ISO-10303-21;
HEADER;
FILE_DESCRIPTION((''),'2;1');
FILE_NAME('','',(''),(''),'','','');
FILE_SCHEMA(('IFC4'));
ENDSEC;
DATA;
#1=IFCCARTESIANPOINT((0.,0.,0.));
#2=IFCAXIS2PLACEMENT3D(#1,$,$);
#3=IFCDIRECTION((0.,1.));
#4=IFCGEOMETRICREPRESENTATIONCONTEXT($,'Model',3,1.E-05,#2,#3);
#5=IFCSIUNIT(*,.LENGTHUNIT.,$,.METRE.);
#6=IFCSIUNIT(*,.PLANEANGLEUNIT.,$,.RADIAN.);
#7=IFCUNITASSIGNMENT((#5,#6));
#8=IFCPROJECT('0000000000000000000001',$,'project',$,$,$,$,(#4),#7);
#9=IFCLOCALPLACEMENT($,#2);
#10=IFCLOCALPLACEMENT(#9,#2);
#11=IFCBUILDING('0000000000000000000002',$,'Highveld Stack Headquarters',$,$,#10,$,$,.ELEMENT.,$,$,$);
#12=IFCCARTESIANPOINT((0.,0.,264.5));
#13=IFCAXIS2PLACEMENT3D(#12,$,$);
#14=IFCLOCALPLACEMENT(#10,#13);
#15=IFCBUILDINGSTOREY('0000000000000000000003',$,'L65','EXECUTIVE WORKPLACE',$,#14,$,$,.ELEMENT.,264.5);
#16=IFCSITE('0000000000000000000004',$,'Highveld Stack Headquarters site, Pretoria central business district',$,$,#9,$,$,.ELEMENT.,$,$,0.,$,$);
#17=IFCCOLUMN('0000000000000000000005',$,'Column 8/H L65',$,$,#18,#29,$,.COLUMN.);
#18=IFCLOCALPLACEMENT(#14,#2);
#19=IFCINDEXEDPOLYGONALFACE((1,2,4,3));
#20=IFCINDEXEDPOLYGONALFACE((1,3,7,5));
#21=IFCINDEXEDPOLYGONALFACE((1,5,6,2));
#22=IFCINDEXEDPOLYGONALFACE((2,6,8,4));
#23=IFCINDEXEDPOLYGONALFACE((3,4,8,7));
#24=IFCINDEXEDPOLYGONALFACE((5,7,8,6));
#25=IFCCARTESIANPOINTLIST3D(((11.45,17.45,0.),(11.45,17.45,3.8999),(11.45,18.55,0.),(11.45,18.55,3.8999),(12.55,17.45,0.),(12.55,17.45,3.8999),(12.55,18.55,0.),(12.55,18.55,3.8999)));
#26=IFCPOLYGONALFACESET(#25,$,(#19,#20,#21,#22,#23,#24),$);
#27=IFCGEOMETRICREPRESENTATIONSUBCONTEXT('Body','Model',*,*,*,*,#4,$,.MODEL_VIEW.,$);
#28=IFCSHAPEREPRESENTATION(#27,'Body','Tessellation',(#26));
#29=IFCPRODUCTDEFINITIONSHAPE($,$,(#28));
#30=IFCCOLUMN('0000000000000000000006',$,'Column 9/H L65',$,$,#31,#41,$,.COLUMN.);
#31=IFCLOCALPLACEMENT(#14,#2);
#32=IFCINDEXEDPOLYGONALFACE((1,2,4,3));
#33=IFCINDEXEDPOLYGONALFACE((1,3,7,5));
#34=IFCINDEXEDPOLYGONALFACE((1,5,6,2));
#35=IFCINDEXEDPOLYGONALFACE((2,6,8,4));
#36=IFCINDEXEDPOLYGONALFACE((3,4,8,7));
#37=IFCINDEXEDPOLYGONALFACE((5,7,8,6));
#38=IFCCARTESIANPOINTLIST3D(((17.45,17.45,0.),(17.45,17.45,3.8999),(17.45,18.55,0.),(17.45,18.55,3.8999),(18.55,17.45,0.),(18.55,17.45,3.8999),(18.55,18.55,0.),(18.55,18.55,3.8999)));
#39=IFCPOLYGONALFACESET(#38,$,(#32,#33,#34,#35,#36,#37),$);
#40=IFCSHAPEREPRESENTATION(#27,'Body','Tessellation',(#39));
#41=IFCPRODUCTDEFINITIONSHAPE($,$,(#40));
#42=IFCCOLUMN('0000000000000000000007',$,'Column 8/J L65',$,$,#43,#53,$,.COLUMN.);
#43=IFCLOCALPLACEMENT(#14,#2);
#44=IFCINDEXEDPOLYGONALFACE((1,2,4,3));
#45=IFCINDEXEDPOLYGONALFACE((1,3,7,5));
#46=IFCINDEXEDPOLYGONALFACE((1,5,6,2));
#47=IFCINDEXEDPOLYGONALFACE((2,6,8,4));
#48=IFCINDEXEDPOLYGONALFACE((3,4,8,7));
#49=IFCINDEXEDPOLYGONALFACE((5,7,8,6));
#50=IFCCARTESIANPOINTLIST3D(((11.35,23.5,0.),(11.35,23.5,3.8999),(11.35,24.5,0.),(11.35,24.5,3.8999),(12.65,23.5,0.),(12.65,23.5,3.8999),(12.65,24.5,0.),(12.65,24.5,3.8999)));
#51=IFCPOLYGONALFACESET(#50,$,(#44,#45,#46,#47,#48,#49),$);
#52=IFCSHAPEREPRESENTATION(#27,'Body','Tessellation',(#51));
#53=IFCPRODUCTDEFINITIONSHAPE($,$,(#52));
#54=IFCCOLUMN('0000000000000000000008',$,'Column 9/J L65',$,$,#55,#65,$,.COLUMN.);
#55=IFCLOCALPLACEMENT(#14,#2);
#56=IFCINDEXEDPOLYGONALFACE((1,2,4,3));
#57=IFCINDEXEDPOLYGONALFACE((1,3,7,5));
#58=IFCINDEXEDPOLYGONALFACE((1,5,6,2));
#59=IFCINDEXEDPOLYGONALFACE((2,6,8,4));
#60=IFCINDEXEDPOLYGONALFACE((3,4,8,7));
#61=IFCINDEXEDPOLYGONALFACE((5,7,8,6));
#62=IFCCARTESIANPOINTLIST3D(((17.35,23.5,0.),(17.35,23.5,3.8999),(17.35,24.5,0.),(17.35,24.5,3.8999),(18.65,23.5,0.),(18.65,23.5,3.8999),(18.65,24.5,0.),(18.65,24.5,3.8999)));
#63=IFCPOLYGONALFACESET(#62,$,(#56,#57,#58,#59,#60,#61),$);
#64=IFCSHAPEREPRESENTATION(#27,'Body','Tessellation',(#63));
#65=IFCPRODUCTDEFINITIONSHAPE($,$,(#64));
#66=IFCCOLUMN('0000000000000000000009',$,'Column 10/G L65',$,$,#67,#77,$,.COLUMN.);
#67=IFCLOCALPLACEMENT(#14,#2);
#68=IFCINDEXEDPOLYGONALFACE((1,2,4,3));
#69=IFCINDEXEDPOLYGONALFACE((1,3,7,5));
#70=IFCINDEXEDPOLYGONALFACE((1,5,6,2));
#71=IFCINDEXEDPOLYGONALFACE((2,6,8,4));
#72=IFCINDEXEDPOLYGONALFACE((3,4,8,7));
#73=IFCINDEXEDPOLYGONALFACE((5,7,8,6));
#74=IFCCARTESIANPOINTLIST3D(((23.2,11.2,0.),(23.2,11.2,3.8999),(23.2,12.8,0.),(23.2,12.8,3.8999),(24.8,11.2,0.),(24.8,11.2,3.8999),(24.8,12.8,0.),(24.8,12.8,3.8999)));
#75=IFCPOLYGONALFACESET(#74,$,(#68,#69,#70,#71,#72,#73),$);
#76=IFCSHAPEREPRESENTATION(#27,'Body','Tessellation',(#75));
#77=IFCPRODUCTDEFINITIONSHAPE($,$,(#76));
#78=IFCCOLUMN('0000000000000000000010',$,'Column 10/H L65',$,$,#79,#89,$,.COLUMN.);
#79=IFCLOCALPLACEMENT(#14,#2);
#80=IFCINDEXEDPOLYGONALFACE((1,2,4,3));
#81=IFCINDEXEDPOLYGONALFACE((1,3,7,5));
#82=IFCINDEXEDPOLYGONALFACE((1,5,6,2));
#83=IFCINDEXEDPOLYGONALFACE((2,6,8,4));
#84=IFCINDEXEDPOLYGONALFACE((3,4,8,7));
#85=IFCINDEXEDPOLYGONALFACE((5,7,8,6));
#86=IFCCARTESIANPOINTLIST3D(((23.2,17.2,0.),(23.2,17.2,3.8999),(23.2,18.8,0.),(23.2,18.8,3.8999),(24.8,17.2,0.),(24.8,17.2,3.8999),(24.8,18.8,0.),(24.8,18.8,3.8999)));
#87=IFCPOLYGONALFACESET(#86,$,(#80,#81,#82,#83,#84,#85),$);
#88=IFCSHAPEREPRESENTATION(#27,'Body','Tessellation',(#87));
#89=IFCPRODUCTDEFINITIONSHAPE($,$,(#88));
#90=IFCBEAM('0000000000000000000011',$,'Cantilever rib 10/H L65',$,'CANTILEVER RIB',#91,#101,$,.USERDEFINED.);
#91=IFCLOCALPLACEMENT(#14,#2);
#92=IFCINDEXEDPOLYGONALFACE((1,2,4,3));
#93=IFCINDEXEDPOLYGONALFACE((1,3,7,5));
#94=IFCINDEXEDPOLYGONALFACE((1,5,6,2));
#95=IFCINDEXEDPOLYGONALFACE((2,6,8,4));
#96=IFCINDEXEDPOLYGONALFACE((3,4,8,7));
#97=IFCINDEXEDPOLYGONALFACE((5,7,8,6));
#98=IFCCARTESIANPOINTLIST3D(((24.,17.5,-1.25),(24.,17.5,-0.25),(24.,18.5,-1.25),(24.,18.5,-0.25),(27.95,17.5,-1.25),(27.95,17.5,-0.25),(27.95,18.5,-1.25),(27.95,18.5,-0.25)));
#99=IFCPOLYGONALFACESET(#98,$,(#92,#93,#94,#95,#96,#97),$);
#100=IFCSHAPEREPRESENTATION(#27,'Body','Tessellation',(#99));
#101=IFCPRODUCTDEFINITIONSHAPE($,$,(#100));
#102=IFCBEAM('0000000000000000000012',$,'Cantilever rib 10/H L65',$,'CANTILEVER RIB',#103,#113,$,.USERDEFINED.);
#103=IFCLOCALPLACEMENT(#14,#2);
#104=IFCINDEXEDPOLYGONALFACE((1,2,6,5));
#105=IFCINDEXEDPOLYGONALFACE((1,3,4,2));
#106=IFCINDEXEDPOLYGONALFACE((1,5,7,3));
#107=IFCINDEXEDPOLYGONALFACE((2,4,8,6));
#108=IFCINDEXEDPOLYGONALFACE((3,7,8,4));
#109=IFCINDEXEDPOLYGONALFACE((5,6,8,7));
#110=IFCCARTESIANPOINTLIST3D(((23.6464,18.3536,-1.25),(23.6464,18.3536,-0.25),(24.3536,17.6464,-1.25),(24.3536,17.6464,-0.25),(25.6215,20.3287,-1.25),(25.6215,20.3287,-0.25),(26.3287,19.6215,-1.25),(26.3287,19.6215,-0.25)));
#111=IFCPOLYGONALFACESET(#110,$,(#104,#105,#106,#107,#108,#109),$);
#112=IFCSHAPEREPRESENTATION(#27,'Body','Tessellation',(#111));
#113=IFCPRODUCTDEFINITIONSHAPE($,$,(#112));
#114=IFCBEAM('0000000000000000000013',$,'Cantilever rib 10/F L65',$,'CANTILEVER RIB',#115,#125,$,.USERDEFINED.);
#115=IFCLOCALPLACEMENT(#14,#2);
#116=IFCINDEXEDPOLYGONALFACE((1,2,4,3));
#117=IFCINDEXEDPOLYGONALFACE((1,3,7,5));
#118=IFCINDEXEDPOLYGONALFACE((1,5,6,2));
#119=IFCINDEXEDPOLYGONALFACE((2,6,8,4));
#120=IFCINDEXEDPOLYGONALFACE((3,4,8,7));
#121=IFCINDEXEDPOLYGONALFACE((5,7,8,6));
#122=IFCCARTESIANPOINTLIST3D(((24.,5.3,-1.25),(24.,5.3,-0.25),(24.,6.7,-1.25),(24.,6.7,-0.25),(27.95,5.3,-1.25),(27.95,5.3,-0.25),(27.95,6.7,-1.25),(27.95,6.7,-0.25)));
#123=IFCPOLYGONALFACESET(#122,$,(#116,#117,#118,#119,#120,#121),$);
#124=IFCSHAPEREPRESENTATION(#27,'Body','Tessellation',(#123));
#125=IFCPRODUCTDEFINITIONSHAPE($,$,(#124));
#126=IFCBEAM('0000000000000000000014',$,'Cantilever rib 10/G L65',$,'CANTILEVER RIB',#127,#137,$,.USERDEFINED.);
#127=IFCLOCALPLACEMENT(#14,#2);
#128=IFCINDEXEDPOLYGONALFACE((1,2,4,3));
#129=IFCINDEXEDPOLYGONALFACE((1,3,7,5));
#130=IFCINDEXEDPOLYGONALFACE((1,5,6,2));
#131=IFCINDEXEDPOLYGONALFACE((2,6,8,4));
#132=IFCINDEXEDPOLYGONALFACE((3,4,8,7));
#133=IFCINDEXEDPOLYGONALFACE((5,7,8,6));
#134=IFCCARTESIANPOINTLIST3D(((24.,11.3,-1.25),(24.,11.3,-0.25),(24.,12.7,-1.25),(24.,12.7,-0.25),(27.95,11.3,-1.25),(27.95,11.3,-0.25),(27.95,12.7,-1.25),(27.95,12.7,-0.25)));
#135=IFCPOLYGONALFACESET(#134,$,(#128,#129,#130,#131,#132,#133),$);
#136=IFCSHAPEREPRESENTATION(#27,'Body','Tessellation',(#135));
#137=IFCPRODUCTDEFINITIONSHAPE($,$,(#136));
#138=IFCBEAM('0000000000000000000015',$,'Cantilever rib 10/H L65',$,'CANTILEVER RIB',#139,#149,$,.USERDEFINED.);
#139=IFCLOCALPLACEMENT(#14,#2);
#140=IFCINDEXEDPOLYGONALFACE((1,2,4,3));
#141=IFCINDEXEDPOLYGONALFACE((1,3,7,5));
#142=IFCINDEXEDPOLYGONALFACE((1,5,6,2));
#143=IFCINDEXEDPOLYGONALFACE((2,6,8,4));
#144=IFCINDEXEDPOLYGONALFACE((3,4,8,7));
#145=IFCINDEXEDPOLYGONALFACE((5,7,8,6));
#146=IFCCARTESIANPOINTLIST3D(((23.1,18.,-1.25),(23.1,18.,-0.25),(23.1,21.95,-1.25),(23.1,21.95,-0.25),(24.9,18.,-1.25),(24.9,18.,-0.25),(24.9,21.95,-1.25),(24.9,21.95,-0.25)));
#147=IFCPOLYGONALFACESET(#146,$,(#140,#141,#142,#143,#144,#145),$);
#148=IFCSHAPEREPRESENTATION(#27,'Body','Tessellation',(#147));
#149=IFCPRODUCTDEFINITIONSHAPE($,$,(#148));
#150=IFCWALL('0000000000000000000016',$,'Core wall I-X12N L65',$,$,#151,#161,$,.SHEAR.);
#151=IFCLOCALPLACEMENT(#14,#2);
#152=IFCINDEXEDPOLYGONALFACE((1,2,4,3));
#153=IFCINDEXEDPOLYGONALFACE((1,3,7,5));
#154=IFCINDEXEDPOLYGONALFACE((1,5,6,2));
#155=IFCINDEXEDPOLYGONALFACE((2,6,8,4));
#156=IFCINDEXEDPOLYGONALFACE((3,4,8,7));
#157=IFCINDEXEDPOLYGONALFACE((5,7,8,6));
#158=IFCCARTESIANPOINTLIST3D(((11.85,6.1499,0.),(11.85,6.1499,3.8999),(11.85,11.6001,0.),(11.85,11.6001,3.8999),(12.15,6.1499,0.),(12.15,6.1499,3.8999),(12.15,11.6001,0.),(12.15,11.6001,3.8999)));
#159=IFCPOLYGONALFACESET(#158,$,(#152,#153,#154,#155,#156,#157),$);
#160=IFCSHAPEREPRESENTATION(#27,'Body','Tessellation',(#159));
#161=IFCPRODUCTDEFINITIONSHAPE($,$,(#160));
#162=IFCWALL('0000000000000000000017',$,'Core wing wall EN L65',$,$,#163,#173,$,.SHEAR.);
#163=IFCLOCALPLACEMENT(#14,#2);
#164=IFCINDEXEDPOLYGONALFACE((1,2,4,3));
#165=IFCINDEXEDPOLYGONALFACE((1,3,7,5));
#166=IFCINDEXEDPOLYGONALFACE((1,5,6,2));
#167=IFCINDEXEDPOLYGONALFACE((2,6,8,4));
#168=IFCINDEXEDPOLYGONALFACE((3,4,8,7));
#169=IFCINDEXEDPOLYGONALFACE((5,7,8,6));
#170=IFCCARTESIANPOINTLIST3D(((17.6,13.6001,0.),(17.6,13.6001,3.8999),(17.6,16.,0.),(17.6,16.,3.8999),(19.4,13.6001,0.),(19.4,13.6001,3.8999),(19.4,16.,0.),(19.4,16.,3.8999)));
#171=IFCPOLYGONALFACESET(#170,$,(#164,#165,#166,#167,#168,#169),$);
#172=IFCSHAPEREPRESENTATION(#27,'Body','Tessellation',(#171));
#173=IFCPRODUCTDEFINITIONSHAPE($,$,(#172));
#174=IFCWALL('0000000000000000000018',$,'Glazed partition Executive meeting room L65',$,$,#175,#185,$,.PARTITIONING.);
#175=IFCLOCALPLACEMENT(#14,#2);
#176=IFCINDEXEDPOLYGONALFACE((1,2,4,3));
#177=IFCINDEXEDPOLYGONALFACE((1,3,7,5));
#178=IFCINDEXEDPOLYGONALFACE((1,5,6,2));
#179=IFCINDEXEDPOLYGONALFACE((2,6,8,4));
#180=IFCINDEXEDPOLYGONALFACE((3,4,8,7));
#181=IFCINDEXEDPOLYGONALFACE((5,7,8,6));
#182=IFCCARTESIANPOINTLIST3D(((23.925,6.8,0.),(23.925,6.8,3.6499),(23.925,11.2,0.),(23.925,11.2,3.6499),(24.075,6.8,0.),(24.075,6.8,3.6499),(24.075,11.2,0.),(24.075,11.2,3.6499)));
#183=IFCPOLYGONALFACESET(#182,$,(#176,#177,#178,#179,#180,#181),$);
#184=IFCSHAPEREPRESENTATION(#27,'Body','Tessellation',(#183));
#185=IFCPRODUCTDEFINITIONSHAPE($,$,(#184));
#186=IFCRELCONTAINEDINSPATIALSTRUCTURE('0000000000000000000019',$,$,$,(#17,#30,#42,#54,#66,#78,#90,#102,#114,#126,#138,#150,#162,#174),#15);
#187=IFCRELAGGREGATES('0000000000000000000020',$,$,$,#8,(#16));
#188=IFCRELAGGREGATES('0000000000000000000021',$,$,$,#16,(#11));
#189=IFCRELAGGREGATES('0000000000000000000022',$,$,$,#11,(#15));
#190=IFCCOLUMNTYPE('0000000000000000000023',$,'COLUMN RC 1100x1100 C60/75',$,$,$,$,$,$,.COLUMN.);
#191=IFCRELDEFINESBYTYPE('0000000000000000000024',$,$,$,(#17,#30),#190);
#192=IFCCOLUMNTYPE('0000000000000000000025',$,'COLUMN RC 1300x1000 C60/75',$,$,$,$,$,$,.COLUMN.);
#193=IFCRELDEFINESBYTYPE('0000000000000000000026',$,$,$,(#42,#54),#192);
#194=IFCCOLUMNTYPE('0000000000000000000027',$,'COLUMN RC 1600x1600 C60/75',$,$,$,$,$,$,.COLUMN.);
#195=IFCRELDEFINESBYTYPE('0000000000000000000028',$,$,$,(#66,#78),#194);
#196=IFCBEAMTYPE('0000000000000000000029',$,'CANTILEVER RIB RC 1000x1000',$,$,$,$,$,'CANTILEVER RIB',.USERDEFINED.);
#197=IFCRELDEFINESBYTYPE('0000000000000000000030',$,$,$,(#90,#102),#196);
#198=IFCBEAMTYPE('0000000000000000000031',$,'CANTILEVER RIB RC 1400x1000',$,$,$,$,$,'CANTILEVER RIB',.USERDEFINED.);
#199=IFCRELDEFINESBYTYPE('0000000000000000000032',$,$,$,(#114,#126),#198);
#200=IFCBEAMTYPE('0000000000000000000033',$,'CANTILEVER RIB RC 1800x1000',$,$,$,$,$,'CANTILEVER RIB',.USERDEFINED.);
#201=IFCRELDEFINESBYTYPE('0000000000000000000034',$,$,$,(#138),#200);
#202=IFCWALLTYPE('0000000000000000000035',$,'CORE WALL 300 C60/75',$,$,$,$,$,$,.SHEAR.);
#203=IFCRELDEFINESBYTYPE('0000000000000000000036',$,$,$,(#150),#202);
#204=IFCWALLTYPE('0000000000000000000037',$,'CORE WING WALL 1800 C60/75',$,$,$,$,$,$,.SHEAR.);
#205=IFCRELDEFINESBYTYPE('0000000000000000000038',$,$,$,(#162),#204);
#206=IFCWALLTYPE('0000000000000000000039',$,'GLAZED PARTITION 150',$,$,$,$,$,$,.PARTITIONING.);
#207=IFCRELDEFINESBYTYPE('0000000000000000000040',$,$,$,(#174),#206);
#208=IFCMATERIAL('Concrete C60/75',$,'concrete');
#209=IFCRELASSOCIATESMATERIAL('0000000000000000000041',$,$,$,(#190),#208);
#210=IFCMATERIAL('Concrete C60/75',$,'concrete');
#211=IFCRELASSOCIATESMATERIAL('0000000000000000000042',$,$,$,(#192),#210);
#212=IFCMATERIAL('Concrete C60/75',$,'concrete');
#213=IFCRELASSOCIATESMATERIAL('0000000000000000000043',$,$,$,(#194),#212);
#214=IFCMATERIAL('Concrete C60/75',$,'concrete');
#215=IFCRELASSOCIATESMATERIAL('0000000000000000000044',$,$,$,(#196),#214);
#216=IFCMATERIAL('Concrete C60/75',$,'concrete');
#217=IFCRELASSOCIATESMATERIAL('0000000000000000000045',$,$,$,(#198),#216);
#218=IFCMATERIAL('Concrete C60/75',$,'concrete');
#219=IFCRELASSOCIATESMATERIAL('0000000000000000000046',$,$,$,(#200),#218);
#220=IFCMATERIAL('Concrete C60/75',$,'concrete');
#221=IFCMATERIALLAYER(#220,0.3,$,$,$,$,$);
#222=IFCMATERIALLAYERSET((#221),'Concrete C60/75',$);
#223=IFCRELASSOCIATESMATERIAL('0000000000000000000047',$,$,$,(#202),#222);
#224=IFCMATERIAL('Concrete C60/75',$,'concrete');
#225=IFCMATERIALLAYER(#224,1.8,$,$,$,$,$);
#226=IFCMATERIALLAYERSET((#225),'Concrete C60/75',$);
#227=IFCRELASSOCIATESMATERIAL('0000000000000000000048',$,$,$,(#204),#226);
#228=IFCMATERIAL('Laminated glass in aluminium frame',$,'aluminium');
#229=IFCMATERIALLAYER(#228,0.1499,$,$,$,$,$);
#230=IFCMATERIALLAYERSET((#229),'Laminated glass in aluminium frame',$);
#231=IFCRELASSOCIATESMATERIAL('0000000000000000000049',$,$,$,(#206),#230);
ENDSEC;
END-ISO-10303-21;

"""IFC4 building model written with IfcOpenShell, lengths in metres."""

from ifc_helpers import new_model, si_unit, direction, frame, frame_2d, origin, origin_2d, place, context, subcontext, project, spatial, rectangle, extrude, material, layer, layer_set, material_profile, profile_set, type_object, element, save


model = new_model("IFC4")

# Units and contexts
model_context = context("Model", 3, precision=1e-05, world=origin(), true_north=direction((0.0, 1.0)))
body_context = subcontext(model_context, "Body", "Model", "MODEL_VIEW")
ifc_project = project(units=[si_unit("LENGTHUNIT", "METRE"), si_unit("PLANEANGLEUNIT", "RADIAN")], contexts=[model_context])

# Site, building, storey
site_placement = place(None, origin())
site = spatial("IfcSite", under=ifc_project, at=site_placement, Name="Highveld Stack Headquarters site, Pretoria central business district", CompositionType="ELEMENT", RefElevation=0.0)
building_placement = place(site_placement, origin())
building = spatial("IfcBuilding", under=site, at=building_placement, Name="Highveld Stack Headquarters", CompositionType="ELEMENT")
storey_placement = place(building_placement, frame((0.0, 0.0, 264.5)))
storey = spatial("IfcBuildingStorey", under=building, at=storey_placement, Name="L65", Description="EXECUTIVE WORKPLACE", CompositionType="ELEMENT", Elevation=264.5)

# Columns
ifc_material_1 = material(Name="Concrete C60/75", Category="concrete")
ifc_material_profile_1 = material_profile(ifc_material_1, rectangle(XDim=1.1001, YDim=1.1001, at=origin_2d()), Name="RC 1100x1100")
ifc_profile_set_1 = profile_set([ifc_material_profile_1], Name="Concrete C60/75")
column_type_1 = type_object("IfcColumnType", Name="COLUMN RC 1100x1100 C60/75", PredefinedType="COLUMN", material=ifc_profile_set_1)
for number, where, z_axis, x_axis, name in (
    (1, (12.0, 18.0, 0.0), (0.0, 0.0, 1.0), (1.0, 0.0, 0.0), "Column 8/H L65"),
    (2, (18.0, 18.0, 0.0), (0.0, 0.0, 1.0), (1.0, 0.0, 0.0), "Column 9/H L65"),
):
    element("IfcColumn", number, at=place(storey_placement, frame(where, z_axis=z_axis, x_axis=x_axis)), inside=storey, type_object=column_type_1, Name=name, PredefinedType="COLUMN", context=body_context, shape_type="SweptSolid", body=[
        extrude(rectangle(XDim=1.1001, YDim=1.1001, at=origin_2d()), origin(), (0.0, 0.0, 1.0), 3.8999),
    ])
ifc_material_2 = material(Name="Concrete C60/75", Category="concrete")
ifc_material_profile_2 = material_profile(ifc_material_2, rectangle(XDim=1.3, YDim=1.0, at=origin_2d()), Name="RC 1300x1000")
ifc_profile_set_2 = profile_set([ifc_material_profile_2], Name="Concrete C60/75")
column_type_2 = type_object("IfcColumnType", Name="COLUMN RC 1300x1000 C60/75", PredefinedType="COLUMN", material=ifc_profile_set_2)
for number, where, z_axis, x_axis, name in (
    (3, (12.0, 24.0, 0.0), (0.0, 0.0, 1.0), (1.0, 0.0, 0.0), "Column 8/J L65"),
    (4, (18.0, 24.0, 0.0), (0.0, 0.0, 1.0), (1.0, 0.0, 0.0), "Column 9/J L65"),
):
    element("IfcColumn", number, at=place(storey_placement, frame(where, z_axis=z_axis, x_axis=x_axis)), inside=storey, type_object=column_type_2, Name=name, PredefinedType="COLUMN", context=body_context, shape_type="SweptSolid", body=[
        extrude(rectangle(XDim=1.3, YDim=1.0, at=origin_2d()), origin(), (0.0, 0.0, 1.0), 3.8999),
    ])
ifc_material_3 = material(Name="Concrete C60/75", Category="concrete")
ifc_material_profile_3 = material_profile(ifc_material_3, rectangle(XDim=1.6001, YDim=1.6001, at=origin_2d()), Name="RC 1600x1600")
ifc_profile_set_3 = profile_set([ifc_material_profile_3], Name="Concrete C60/75")
column_type_3 = type_object("IfcColumnType", Name="COLUMN RC 1600x1600 C60/75", PredefinedType="COLUMN", material=ifc_profile_set_3)
for number, where, z_axis, x_axis, name in (
    (5, (24.0, 12.0, 0.0), (0.0, 0.0, 1.0), (1.0, 0.0, 0.0), "Column 10/G L65"),
    (6, (24.0, 18.0, 0.0), (0.0, 0.0, 1.0), (1.0, 0.0, 0.0), "Column 10/H L65"),
):
    element("IfcColumn", number, at=place(storey_placement, frame(where, z_axis=z_axis, x_axis=x_axis)), inside=storey, type_object=column_type_3, Name=name, PredefinedType="COLUMN", context=body_context, shape_type="SweptSolid", body=[
        extrude(rectangle(XDim=1.6001, YDim=1.6001, at=origin_2d()), origin(), (0.0, 0.0, 1.0), 3.8999),
    ])

# Beams
ifc_material_4 = material(Name="Concrete C60/75", Category="concrete")
ifc_material_profile_4 = material_profile(ifc_material_4, rectangle(XDim=1.0, YDim=1.0, at=origin_2d()), Name="RC 1000x1000")
ifc_profile_set_4 = profile_set([ifc_material_profile_4], Name="Concrete C60/75")
beam_type_1 = type_object("IfcBeamType", Name="CANTILEVER RIB RC 1000x1000", ElementType="CANTILEVER RIB", PredefinedType="USERDEFINED", material=ifc_profile_set_4)
beam_1_placement = place(storey_placement, frame((24.0, 18.0, -0.75), z_axis=(1.0, 0.0, 0.0), x_axis=(0.0, 1.0, 0.0)))
element("IfcBeam", 7, at=beam_1_placement, inside=storey, type_object=beam_type_1, Name="Cantilever rib 10/H L65", ObjectType="CANTILEVER RIB", PredefinedType="USERDEFINED", context=body_context, shape_type="SweptSolid", body=[
    extrude(rectangle(XDim=1.0, YDim=1.0, at=origin_2d()), origin(), (0.0, 0.0, 1.0), 3.95),
])
beam_2_placement = place(storey_placement, frame((24.0, 18.0, -0.75), z_axis=(0.707107, 0.707107, 0.0), x_axis=(-0.707107, 0.707107, 0.0)))
element("IfcBeam", 8, at=beam_2_placement, inside=storey, type_object=beam_type_1, Name="Cantilever rib 10/H L65", ObjectType="CANTILEVER RIB", PredefinedType="USERDEFINED", context=body_context, shape_type="SweptSolid", body=[
    extrude(rectangle(XDim=1.0, YDim=1.0, at=origin_2d()), origin(), (0.0, 0.0, 1.0), 2.7932),
])
ifc_material_5 = material(Name="Concrete C60/75", Category="concrete")
ifc_material_profile_5 = material_profile(ifc_material_5, rectangle(XDim=1.3999, YDim=1.0, at=origin_2d()), Name="RC 1400x1000")
ifc_profile_set_5 = profile_set([ifc_material_profile_5], Name="Concrete C60/75")
beam_type_2 = type_object("IfcBeamType", Name="CANTILEVER RIB RC 1400x1000", ElementType="CANTILEVER RIB", PredefinedType="USERDEFINED", material=ifc_profile_set_5)
for number, where, z_axis, x_axis, name in (
    (9, (24.0, 6.0, -0.75), (1.0, 0.0, 0.0), (0.0, 1.0, 0.0), "Cantilever rib 10/F L65"),
    (10, (24.0, 12.0, -0.75), (1.0, 0.0, 0.0), (0.0, 1.0, 0.0), "Cantilever rib 10/G L65"),
):
    element("IfcBeam", number, at=place(storey_placement, frame(where, z_axis=z_axis, x_axis=x_axis)), inside=storey, type_object=beam_type_2, Name=name, ObjectType="CANTILEVER RIB", PredefinedType="USERDEFINED", context=body_context, shape_type="SweptSolid", body=[
        extrude(rectangle(XDim=1.3999, YDim=1.0, at=origin_2d()), origin(), (0.0, 0.0, 1.0), 3.95),
    ])
ifc_material_6 = material(Name="Concrete C60/75", Category="concrete")
ifc_material_profile_6 = material_profile(ifc_material_6, rectangle(XDim=1.8, YDim=1.0, at=origin_2d()), Name="RC 1800x1000")
ifc_profile_set_6 = profile_set([ifc_material_profile_6], Name="Concrete C60/75")
beam_type_3 = type_object("IfcBeamType", Name="CANTILEVER RIB RC 1800x1000", ElementType="CANTILEVER RIB", PredefinedType="USERDEFINED", material=ifc_profile_set_6)
beam_3_placement = place(storey_placement, frame((24.0, 18.0, -0.75), z_axis=(0.0, 1.0, 0.0), x_axis=(-1.0, 0.0, 0.0)))
element("IfcBeam", 11, at=beam_3_placement, inside=storey, type_object=beam_type_3, Name="Cantilever rib 10/H L65", ObjectType="CANTILEVER RIB", PredefinedType="USERDEFINED", context=body_context, shape_type="SweptSolid", body=[
    extrude(rectangle(XDim=1.8, YDim=1.0, at=origin_2d()), origin(), (0.0, 0.0, 1.0), 3.95),
])

# Walls
ifc_material_7 = material(Name="Concrete C60/75", Category="concrete")
ifc_layer_1 = layer(ifc_material_7, 0.3)
ifc_layer_set_1 = layer_set([ifc_layer_1], Name="Concrete C60/75")
wall_type_1 = type_object("IfcWallType", Name="CORE WALL 300 C60/75", PredefinedType="SHEAR", material=ifc_layer_set_1)
wall_1_placement = place(storey_placement, frame((12.0, 6.1499, 0.0), z_axis=(0.0, 0.0, 1.0), x_axis=(0.0, 1.0, 0.0)))
element("IfcWall", 12, at=wall_1_placement, inside=storey, type_object=wall_type_1, Name="Core wall I-X12N L65", PredefinedType="SHEAR", context=body_context, shape_type="SweptSolid", body=[
    extrude(rectangle(XDim=5.4502, YDim=0.3, at=frame_2d((2.7251, 0.0))), origin(), (0.0, 0.0, 1.0), 3.8999),
])
ifc_material_8 = material(Name="Concrete C60/75", Category="concrete")
ifc_layer_2 = layer(ifc_material_8, 1.8)
ifc_layer_set_2 = layer_set([ifc_layer_2], Name="Concrete C60/75")
wall_type_2 = type_object("IfcWallType", Name="CORE WING WALL 1800 C60/75", PredefinedType="SHEAR", material=ifc_layer_set_2)
wall_2_placement = place(storey_placement, frame((18.5, 13.6001, 0.0), z_axis=(0.0, 0.0, 1.0), x_axis=(0.0, 1.0, 0.0)))
element("IfcWall", 13, at=wall_2_placement, inside=storey, type_object=wall_type_2, Name="Core wing wall EN L65", PredefinedType="SHEAR", context=body_context, shape_type="SweptSolid", body=[
    extrude(rectangle(XDim=2.3999, YDim=1.8, at=frame_2d((1.2, 0.0))), origin(), (0.0, 0.0, 1.0), 3.8999),
])
ifc_material_9 = material(Name="Laminated glass in aluminium frame", Category="aluminium")
ifc_layer_3 = layer(ifc_material_9, 0.1499)
ifc_layer_set_3 = layer_set([ifc_layer_3], Name="Laminated glass in aluminium frame")
wall_type_3 = type_object("IfcWallType", Name="GLAZED PARTITION 150", PredefinedType="PARTITIONING", material=ifc_layer_set_3)
wall_3_placement = place(storey_placement, frame((24.0, 6.8, 0.0), z_axis=(0.0, 0.0, 1.0), x_axis=(0.0, 1.0, 0.0)))
element("IfcWall", 14, at=wall_3_placement, inside=storey, type_object=wall_type_3, Name="Glazed partition Executive meeting room L65", PredefinedType="PARTITIONING", context=body_context, shape_type="SweptSolid", body=[
    extrude(rectangle(XDim=4.3999, YDim=0.1499, at=frame_2d((2.2, 0.0))), origin(), (0.0, 0.0, 1.0), 3.6499),
])

save(model, "model.ifc")
